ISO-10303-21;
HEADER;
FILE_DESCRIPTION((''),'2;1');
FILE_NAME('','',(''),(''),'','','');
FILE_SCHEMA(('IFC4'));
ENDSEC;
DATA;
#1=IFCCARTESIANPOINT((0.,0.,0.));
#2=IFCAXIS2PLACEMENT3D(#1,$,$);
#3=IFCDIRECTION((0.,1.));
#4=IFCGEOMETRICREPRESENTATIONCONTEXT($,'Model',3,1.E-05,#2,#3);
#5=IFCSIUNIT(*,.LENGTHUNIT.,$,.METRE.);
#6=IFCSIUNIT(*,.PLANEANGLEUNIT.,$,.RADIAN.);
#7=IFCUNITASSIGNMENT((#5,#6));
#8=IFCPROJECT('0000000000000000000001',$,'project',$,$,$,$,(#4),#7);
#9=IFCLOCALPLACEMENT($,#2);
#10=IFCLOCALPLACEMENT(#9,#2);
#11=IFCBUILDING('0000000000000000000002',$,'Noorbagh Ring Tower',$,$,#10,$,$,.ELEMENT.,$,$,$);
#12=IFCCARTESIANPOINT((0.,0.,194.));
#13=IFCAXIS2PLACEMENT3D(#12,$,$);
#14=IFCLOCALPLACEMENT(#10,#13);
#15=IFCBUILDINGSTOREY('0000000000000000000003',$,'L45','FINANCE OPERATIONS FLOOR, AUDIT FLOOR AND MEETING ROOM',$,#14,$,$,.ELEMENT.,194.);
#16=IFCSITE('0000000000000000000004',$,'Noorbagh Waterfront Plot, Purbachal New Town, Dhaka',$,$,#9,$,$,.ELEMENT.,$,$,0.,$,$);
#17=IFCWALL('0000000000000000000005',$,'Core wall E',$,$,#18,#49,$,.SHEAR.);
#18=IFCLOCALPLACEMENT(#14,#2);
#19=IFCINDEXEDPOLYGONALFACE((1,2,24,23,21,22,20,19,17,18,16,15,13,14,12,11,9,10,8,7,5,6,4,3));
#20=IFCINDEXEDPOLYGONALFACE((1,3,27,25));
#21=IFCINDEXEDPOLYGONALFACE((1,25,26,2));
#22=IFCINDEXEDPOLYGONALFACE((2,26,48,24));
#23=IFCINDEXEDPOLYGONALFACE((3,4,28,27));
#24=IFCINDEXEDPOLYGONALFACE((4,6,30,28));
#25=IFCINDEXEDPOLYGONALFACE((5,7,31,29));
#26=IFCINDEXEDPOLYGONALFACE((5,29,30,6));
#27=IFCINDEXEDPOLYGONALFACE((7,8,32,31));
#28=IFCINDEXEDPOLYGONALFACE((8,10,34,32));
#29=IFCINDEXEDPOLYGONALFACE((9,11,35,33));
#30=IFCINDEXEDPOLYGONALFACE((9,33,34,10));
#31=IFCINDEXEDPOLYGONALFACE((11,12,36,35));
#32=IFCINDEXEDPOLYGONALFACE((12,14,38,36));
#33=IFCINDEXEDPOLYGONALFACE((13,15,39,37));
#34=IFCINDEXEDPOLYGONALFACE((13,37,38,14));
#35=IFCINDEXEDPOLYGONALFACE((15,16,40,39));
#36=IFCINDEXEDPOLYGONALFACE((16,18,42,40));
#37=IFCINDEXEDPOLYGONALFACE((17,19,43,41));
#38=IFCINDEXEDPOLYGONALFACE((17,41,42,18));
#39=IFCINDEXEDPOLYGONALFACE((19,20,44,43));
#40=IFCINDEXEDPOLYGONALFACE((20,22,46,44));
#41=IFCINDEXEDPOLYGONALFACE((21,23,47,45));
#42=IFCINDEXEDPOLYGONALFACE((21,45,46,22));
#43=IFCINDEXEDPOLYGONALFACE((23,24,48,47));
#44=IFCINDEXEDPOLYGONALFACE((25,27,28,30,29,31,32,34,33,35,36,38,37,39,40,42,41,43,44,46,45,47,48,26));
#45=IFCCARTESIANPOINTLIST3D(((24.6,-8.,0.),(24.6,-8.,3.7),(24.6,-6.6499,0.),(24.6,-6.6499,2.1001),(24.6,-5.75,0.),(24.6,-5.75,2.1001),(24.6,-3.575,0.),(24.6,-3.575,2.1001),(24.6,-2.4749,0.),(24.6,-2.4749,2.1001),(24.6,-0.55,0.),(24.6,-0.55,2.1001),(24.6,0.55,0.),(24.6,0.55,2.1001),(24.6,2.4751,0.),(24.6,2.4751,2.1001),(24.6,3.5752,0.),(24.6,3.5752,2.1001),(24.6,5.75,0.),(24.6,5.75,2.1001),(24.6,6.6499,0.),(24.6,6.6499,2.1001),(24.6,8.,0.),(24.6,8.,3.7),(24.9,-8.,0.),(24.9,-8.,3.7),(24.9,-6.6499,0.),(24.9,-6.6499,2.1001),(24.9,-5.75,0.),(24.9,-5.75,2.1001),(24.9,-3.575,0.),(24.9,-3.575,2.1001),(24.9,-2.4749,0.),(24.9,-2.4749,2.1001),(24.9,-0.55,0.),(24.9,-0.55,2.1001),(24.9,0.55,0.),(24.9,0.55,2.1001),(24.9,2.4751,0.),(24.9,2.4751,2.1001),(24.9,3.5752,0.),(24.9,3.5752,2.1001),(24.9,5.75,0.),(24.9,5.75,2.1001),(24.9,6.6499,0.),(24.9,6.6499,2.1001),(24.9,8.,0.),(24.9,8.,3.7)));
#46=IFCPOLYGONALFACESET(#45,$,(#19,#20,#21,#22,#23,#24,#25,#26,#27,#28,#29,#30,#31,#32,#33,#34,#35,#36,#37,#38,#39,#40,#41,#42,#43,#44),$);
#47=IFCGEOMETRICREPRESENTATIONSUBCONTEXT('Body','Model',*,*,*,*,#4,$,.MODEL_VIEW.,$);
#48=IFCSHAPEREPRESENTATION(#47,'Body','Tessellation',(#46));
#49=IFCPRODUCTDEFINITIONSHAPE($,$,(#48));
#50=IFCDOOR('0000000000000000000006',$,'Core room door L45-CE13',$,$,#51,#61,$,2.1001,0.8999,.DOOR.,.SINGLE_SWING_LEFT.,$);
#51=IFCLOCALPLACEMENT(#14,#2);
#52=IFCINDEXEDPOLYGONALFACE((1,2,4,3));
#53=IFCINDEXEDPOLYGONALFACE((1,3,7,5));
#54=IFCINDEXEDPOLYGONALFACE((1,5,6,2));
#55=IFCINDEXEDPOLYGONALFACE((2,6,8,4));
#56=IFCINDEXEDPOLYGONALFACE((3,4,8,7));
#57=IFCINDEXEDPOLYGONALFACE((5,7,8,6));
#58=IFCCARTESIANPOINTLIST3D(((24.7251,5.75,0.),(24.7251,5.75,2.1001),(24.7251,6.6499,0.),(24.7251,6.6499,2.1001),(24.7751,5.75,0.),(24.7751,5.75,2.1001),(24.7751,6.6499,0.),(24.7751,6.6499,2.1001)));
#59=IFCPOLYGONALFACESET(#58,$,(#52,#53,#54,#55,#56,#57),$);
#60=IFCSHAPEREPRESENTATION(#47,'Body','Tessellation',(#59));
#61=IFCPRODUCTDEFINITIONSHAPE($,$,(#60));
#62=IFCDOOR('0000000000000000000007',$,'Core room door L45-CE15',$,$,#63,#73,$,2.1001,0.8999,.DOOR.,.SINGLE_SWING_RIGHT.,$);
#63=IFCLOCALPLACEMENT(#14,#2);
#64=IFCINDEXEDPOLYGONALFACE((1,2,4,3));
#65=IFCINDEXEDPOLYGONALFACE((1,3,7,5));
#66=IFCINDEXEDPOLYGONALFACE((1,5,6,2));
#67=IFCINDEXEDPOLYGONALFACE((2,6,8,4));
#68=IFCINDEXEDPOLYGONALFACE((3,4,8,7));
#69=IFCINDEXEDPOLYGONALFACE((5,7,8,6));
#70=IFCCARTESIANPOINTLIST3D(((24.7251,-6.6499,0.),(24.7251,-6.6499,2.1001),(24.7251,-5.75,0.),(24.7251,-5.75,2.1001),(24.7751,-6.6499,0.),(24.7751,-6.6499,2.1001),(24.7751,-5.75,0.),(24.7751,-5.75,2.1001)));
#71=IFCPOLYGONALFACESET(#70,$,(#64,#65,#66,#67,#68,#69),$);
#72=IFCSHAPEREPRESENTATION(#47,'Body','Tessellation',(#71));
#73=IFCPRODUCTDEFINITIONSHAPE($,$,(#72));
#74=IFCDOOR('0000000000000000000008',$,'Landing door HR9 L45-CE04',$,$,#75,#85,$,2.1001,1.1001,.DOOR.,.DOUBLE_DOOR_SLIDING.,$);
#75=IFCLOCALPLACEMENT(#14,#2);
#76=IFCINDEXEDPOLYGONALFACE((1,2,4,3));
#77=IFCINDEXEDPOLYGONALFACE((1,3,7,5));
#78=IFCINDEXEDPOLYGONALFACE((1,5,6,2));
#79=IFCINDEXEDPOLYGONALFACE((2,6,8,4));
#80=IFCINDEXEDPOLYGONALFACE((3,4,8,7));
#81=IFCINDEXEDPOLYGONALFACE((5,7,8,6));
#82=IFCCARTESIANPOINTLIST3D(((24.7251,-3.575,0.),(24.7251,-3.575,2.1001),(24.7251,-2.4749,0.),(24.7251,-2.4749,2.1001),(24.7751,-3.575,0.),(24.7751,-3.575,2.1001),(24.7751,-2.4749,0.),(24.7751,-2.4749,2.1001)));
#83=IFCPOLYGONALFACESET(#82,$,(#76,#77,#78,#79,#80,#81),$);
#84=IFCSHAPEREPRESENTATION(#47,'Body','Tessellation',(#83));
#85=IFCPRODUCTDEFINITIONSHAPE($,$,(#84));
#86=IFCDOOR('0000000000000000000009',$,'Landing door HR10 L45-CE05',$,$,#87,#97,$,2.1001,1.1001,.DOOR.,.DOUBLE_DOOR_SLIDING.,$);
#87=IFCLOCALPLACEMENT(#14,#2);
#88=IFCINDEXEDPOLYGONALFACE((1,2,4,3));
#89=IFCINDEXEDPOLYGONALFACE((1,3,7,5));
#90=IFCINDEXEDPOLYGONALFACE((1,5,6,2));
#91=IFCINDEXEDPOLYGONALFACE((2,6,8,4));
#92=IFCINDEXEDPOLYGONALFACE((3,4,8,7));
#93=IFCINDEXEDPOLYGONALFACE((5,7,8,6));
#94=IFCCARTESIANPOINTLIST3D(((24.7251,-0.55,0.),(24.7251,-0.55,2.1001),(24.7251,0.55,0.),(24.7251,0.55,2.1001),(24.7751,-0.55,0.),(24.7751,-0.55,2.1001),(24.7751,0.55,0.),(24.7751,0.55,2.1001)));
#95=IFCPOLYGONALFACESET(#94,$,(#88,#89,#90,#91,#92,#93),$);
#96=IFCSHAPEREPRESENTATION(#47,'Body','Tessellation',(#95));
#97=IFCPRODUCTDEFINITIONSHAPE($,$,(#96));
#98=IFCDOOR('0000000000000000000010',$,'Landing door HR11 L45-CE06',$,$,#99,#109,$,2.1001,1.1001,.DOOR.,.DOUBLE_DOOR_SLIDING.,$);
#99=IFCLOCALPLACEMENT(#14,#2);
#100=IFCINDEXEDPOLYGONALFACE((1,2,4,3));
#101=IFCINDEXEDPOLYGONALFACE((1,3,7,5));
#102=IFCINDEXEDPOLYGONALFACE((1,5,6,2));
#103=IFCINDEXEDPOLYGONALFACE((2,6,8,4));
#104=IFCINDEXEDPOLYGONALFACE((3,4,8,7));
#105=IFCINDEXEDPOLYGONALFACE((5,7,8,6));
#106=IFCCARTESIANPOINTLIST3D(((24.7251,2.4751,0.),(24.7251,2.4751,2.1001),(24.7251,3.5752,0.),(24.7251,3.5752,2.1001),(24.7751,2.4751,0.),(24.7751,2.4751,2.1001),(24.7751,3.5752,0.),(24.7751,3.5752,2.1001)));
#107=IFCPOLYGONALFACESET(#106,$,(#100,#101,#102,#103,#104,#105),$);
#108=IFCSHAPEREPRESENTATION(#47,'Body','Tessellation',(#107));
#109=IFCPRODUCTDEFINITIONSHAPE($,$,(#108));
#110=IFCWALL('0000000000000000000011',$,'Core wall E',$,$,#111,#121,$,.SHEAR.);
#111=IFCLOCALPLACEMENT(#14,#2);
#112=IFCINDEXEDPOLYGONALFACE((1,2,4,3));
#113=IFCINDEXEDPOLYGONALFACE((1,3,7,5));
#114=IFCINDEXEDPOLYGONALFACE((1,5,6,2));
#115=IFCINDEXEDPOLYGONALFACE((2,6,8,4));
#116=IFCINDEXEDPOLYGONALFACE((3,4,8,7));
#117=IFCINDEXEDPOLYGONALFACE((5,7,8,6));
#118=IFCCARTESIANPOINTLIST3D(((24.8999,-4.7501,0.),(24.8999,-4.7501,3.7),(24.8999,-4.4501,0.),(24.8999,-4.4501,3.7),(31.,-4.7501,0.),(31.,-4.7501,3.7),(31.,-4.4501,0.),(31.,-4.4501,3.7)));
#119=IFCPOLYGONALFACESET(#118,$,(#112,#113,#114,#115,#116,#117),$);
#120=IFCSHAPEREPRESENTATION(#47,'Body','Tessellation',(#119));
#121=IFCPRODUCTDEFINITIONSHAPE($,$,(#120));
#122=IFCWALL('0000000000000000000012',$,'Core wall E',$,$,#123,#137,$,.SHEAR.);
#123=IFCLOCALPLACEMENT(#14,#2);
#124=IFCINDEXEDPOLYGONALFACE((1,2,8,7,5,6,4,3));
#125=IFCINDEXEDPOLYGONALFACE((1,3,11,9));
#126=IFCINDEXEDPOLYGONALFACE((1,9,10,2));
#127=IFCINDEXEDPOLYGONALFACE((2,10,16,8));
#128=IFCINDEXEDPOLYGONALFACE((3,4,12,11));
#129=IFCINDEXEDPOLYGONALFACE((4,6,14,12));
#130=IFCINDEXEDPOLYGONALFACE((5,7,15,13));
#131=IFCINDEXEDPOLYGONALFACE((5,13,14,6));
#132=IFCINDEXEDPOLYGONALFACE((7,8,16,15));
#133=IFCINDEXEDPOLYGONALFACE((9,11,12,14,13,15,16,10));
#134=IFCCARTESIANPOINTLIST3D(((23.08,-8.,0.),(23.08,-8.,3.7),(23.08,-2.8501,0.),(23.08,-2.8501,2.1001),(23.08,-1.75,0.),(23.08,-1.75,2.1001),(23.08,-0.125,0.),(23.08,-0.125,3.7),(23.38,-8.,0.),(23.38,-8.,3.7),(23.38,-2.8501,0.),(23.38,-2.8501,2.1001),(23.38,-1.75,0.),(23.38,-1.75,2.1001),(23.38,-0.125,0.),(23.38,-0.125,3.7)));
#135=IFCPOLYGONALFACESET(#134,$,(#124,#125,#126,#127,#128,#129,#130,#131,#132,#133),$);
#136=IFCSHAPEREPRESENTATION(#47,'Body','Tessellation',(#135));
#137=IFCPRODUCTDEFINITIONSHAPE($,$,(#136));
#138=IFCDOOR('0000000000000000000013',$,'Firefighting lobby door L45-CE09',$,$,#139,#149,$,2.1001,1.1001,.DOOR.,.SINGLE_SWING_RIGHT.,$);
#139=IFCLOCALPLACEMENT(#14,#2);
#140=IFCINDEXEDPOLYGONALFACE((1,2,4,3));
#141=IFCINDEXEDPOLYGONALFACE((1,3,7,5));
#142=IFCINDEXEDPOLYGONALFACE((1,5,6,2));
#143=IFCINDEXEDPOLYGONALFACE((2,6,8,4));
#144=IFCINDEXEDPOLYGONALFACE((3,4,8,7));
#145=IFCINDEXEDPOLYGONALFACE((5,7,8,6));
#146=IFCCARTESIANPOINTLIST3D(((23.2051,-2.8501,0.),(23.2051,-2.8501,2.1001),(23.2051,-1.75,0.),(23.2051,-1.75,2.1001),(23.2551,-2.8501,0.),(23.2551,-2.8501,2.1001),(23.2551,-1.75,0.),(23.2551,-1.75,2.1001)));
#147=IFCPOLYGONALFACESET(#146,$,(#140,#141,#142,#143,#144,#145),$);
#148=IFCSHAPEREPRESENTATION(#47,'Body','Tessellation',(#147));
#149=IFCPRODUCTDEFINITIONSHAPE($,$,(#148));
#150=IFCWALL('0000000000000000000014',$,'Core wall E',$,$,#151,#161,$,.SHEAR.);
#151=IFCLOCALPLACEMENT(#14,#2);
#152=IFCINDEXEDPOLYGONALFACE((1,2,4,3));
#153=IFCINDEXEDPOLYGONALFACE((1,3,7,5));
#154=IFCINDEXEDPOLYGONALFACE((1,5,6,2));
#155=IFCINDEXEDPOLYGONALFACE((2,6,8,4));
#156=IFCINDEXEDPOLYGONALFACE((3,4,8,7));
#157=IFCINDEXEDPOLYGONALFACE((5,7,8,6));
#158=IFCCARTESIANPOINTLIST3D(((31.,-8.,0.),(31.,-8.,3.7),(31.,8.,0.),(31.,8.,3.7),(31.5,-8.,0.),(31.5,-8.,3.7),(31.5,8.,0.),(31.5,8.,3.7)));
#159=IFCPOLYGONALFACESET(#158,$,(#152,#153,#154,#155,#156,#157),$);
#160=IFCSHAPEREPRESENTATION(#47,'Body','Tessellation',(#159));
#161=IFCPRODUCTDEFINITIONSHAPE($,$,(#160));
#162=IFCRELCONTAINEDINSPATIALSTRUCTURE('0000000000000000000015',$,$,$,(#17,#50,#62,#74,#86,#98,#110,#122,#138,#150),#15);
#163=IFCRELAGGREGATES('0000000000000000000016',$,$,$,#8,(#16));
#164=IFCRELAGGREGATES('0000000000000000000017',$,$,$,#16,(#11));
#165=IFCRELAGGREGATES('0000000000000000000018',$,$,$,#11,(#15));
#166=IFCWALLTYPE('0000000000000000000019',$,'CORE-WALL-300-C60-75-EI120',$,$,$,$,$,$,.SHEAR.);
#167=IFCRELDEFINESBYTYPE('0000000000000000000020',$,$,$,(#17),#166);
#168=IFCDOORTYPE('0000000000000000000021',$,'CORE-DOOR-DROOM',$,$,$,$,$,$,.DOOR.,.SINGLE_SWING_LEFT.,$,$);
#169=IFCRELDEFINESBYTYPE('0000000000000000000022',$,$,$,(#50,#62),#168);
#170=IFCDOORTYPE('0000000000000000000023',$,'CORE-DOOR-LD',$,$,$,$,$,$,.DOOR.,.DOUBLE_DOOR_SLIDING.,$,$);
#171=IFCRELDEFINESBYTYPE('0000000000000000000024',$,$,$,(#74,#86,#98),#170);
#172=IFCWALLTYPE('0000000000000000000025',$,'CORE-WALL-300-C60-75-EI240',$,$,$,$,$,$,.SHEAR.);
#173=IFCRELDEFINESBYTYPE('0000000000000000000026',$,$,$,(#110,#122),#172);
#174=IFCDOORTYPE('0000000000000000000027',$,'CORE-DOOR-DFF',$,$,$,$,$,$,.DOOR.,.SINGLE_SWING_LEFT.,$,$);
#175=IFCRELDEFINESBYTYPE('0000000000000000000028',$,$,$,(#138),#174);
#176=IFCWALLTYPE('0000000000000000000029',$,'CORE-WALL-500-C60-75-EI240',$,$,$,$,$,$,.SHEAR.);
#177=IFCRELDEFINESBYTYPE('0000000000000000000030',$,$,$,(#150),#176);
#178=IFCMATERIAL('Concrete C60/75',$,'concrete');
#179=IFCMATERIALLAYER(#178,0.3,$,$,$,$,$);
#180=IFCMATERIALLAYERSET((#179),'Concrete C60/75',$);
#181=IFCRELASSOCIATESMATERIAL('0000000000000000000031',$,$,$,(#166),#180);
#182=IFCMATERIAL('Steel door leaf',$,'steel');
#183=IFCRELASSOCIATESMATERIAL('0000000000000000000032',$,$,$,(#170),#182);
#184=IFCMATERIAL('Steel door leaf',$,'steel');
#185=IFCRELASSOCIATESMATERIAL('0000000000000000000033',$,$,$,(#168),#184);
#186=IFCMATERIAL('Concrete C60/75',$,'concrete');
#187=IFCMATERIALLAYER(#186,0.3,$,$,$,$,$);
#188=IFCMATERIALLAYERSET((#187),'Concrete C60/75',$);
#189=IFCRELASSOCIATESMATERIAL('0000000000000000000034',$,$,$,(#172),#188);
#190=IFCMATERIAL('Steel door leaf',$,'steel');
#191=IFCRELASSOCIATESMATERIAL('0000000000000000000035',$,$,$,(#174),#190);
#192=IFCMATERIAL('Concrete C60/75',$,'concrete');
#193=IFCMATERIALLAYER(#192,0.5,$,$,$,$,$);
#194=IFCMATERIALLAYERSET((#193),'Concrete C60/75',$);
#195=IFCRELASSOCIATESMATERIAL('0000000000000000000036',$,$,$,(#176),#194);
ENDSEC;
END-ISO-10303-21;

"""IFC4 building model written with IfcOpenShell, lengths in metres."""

from ifc_helpers import new_model, si_unit, direction, frame, frame_2d, origin, place, context, subcontext, project, spatial, rectangle, extrude, material, layer, layer_set, type_object, element, fill, save


model = new_model("IFC4")

# Units and contexts
model_context = context("Model", 3, precision=1e-05, world=origin(), true_north=direction((0.0, 1.0)))
body_context = subcontext(model_context, "Body", "Model", "MODEL_VIEW")
ifc_project = project(units=[si_unit("LENGTHUNIT", "METRE"), si_unit("PLANEANGLEUNIT", "RADIAN")], contexts=[model_context])

# Site, building, storey
site_placement = place(None, origin())
site = spatial("IfcSite", under=ifc_project, at=site_placement, Name="Noorbagh Waterfront Plot, Purbachal New Town, Dhaka", CompositionType="ELEMENT", RefElevation=0.0)
building_placement = place(site_placement, origin())
building = spatial("IfcBuilding", under=site, at=building_placement, Name="Noorbagh Ring Tower", CompositionType="ELEMENT")
storey_placement = place(building_placement, frame((0.0, 0.0, 194.0)))
storey = spatial("IfcBuildingStorey", under=building, at=storey_placement, Name="L45", Description="FINANCE OPERATIONS FLOOR, AUDIT FLOOR AND MEETING ROOM", CompositionType="ELEMENT", Elevation=194.0)

# Shared definitions
ifc_material_1 = material(Name="Concrete C60/75", Category="concrete")
ifc_layer_1 = layer(ifc_material_1, 0.3)
ifc_layer_set_1 = layer_set([ifc_layer_1], Name="Concrete C60/75")
wall_type_1 = type_object("IfcWallType", Name="CORE-WALL-300-C60-75-EI120", PredefinedType="SHEAR", material=ifc_layer_set_1)

# Wall, openings, doors
ifc_material_2 = material(Name="Steel door leaf", Category="steel")
door_type_1 = type_object("IfcDoorType", Name="CORE-DOOR-LD", OperationType="DOUBLE_DOOR_SLIDING", PredefinedType="DOOR", material=ifc_material_2)
wall_1_placement = place(storey_placement, frame((24.75, -8.0, 0.0), z_axis=(0.0, 0.0, 1.0), x_axis=(0.0, 1.0, 0.0)))
wall_1 = element("IfcWall", 1, at=wall_1_placement, inside=storey, type_object=wall_type_1, Name="Core wall E", PredefinedType="SHEAR", context=body_context, shape_type="SweptSolid", body=[
    extrude(rectangle(XDim=16.0, YDim=0.3, at=frame_2d((8.0, 0.0))), origin(), (0.0, 0.0, 1.0), 3.7),
])
opening_1_placement = place(wall_1_placement, frame((4.425, 0.0, 0.0)))
opening_1 = element("IfcOpeningElement", 2, at=opening_1_placement, cuts=wall_1, PredefinedType="OPENING", context=body_context, shape_type="SweptSolid", body=[
    extrude(rectangle(XDim=1.1001, YDim=2.1001, at=frame_2d((0.55, 1.05))), frame((0.0, 0.1602, 0.0), z_axis=(0.0, -1.0, 0.0), x_axis=(1.0, 0.0, 0.0)), (0.0, 0.0, 1.0), 0.3201),
])
opening_2_placement = place(wall_1_placement, frame((7.45, 0.0, 0.0)))
opening_2 = element("IfcOpeningElement", 3, at=opening_2_placement, cuts=wall_1, PredefinedType="OPENING", context=body_context, shape_type="SweptSolid", body=[
    extrude(rectangle(XDim=1.1001, YDim=2.1001, at=frame_2d((0.55, 1.05))), frame((0.0, 0.1602, 0.0), z_axis=(0.0, -1.0, 0.0), x_axis=(1.0, 0.0, 0.0)), (0.0, 0.0, 1.0), 0.3201),
])
opening_3_placement = place(wall_1_placement, frame((10.4751, 0.0, 0.0)))
opening_3 = element("IfcOpeningElement", 4, at=opening_3_placement, cuts=wall_1, PredefinedType="OPENING", context=body_context, shape_type="SweptSolid", body=[
    extrude(rectangle(XDim=1.1001, YDim=2.1001, at=frame_2d((0.55, 1.05))), frame((0.0, 0.1602, 0.0), z_axis=(0.0, -1.0, 0.0), x_axis=(1.0, 0.0, 0.0)), (0.0, 0.0, 1.0), 0.3201),
])
opening_4_placement = place(wall_1_placement, frame((13.75, 0.0, 0.0)))
opening_4 = element("IfcOpeningElement", 5, at=opening_4_placement, cuts=wall_1, PredefinedType="OPENING", context=body_context, shape_type="SweptSolid", body=[
    extrude(rectangle(XDim=0.8999, YDim=2.1001, at=frame_2d((0.45, 1.05))), frame((0.0, 0.1602, 0.0), z_axis=(0.0, -1.0, 0.0), x_axis=(1.0, 0.0, 0.0)), (0.0, 0.0, 1.0), 0.3201),
])
opening_5_placement = place(wall_1_placement, frame((1.3501, 0.0, 0.0)))
opening_5 = element("IfcOpeningElement", 6, at=opening_5_placement, cuts=wall_1, PredefinedType="OPENING", context=body_context, shape_type="SweptSolid", body=[
    extrude(rectangle(XDim=0.8999, YDim=2.1001, at=frame_2d((0.45, 1.05))), frame((0.0, 0.1602, 0.0), z_axis=(0.0, -1.0, 0.0), x_axis=(1.0, 0.0, 0.0)), (0.0, 0.0, 1.0), 0.3201),
])
ifc_material_3 = material(Name="Steel door leaf", Category="steel")
door_type_2 = type_object("IfcDoorType", Name="CORE-DOOR-DROOM", OperationType="SINGLE_SWING_LEFT", PredefinedType="DOOR", material=ifc_material_3)
door_1_placement = place(opening_4_placement, origin())
door_1 = element("IfcDoor", 7, at=door_1_placement, inside=storey, type_object=door_type_2, Name="Core room door L45-CE13", OperationType="SINGLE_SWING_LEFT", OverallHeight=2.1001, OverallWidth=0.8999, PredefinedType="DOOR", context=body_context, shape_type="SweptSolid", body=[
    extrude(rectangle(XDim=0.8999, YDim=2.1001, at=frame_2d((0.45, 1.05))), frame((0.0, 0.0249, 0.0), z_axis=(0.0, -1.0, 0.0), x_axis=(1.0, 0.0, 0.0)), (0.0, 0.0, 1.0), 0.05),
])
fill(opening_4, door_1)
door_2_placement = place(opening_5_placement, origin())
door_2 = element("IfcDoor", 8, at=door_2_placement, inside=storey, type_object=door_type_2, Name="Core room door L45-CE15", OperationType="SINGLE_SWING_RIGHT", OverallHeight=2.1001, OverallWidth=0.8999, PredefinedType="DOOR", context=body_context, shape_type="SweptSolid", body=[
    extrude(rectangle(XDim=0.8999, YDim=2.1001, at=frame_2d((0.45, 1.05))), frame((0.0, 0.0249, 0.0), z_axis=(0.0, -1.0, 0.0), x_axis=(1.0, 0.0, 0.0)), (0.0, 0.0, 1.0), 0.05),
])
fill(opening_5, door_2)
door_3_placement = place(opening_1_placement, origin())
door_3 = element("IfcDoor", 9, at=door_3_placement, inside=storey, type_object=door_type_1, Name="Landing door HR9 L45-CE04", OperationType="DOUBLE_DOOR_SLIDING", OverallHeight=2.1001, OverallWidth=1.1001, PredefinedType="DOOR", context=body_context, shape_type="SweptSolid", body=[
    extrude(rectangle(XDim=1.1001, YDim=2.1001, at=frame_2d((0.55, 1.05))), frame((0.0, 0.0249, 0.0), z_axis=(0.0, -1.0, 0.0), x_axis=(1.0, 0.0, 0.0)), (0.0, 0.0, 1.0), 0.05),
])
fill(opening_1, door_3)
door_4_placement = place(opening_2_placement, origin())
door_4 = element("IfcDoor", 10, at=door_4_placement, inside=storey, type_object=door_type_1, Name="Landing door HR10 L45-CE05", OperationType="DOUBLE_DOOR_SLIDING", OverallHeight=2.1001, OverallWidth=1.1001, PredefinedType="DOOR", context=body_context, shape_type="SweptSolid", body=[
    extrude(rectangle(XDim=1.1001, YDim=2.1001, at=frame_2d((0.55, 1.05))), frame((0.0, 0.0249, 0.0), z_axis=(0.0, -1.0, 0.0), x_axis=(1.0, 0.0, 0.0)), (0.0, 0.0, 1.0), 0.05),
])
fill(opening_2, door_4)
door_5_placement = place(opening_3_placement, origin())
door_5 = element("IfcDoor", 11, at=door_5_placement, inside=storey, type_object=door_type_1, Name="Landing door HR11 L45-CE06", OperationType="DOUBLE_DOOR_SLIDING", OverallHeight=2.1001, OverallWidth=1.1001, PredefinedType="DOOR", context=body_context, shape_type="SweptSolid", body=[
    extrude(rectangle(XDim=1.1001, YDim=2.1001, at=frame_2d((0.55, 1.05))), frame((0.0, 0.0249, 0.0), z_axis=(0.0, -1.0, 0.0), x_axis=(1.0, 0.0, 0.0)), (0.0, 0.0, 1.0), 0.05),
])
fill(opening_3, door_5)

# Wall
ifc_material_4 = material(Name="Concrete C60/75", Category="concrete")
ifc_layer_2 = layer(ifc_material_4, 0.3)
ifc_layer_set_2 = layer_set([ifc_layer_2], Name="Concrete C60/75")
wall_type_2 = type_object("IfcWallType", Name="CORE-WALL-300-C60-75-EI240", PredefinedType="SHEAR", material=ifc_layer_set_2)
wall_2_placement = place(storey_placement, frame((24.8999, -4.6001, 0.0), z_axis=(0.0, 0.0, 1.0), x_axis=(1.0, 0.0, 0.0)))
element("IfcWall", 12, at=wall_2_placement, inside=storey, type_object=wall_type_2, Name="Core wall E", PredefinedType="SHEAR", context=body_context, shape_type="SweptSolid", body=[
    extrude(rectangle(XDim=6.1001, YDim=0.3, at=frame_2d((3.05, 0.0))), origin(), (0.0, 0.0, 1.0), 3.7),
])

# Wall, opening, door
wall_3_placement = place(storey_placement, frame((23.23, -8.0, 0.0), z_axis=(0.0, 0.0, 1.0), x_axis=(0.0, 1.0, 0.0)))
wall_3 = element("IfcWall", 13, at=wall_3_placement, inside=storey, type_object=wall_type_2, Name="Core wall E", PredefinedType="SHEAR", context=body_context, shape_type="SweptSolid", body=[
    extrude(rectangle(XDim=7.875, YDim=0.3, at=frame_2d((3.9375, 0.0))), origin(), (0.0, 0.0, 1.0), 3.7),
])
opening_6_placement = place(wall_3_placement, frame((5.1499, 0.0, 0.0)))
opening_6 = element("IfcOpeningElement", 14, at=opening_6_placement, cuts=wall_3, PredefinedType="OPENING", context=body_context, shape_type="SweptSolid", body=[
    extrude(rectangle(XDim=1.1001, YDim=2.1001, at=frame_2d((0.55, 1.05))), frame((0.0, 0.1602, 0.0), z_axis=(0.0, -1.0, 0.0), x_axis=(1.0, 0.0, 0.0)), (0.0, 0.0, 1.0), 0.3201),
])
ifc_material_5 = material(Name="Steel door leaf", Category="steel")
door_type_3 = type_object("IfcDoorType", Name="CORE-DOOR-DFF", OperationType="SINGLE_SWING_LEFT", PredefinedType="DOOR", material=ifc_material_5)
door_6_placement = place(opening_6_placement, origin())
door_6 = element("IfcDoor", 15, at=door_6_placement, inside=storey, type_object=door_type_3, Name="Firefighting lobby door L45-CE09", OperationType="SINGLE_SWING_RIGHT", OverallHeight=2.1001, OverallWidth=1.1001, PredefinedType="DOOR", context=body_context, shape_type="SweptSolid", body=[
    extrude(rectangle(XDim=1.1001, YDim=2.1001, at=frame_2d((0.55, 1.05))), frame((0.0, 0.0249, 0.0), z_axis=(0.0, -1.0, 0.0), x_axis=(1.0, 0.0, 0.0)), (0.0, 0.0, 1.0), 0.05),
])
fill(opening_6, door_6)

# Wall
ifc_material_6 = material(Name="Concrete C60/75", Category="concrete")
ifc_layer_3 = layer(ifc_material_6, 0.5)
ifc_layer_set_3 = layer_set([ifc_layer_3], Name="Concrete C60/75")
wall_type_3 = type_object("IfcWallType", Name="CORE-WALL-500-C60-75-EI240", PredefinedType="SHEAR", material=ifc_layer_set_3)
wall_4_placement = place(storey_placement, frame((31.25, -8.0, 0.0), z_axis=(0.0, 0.0, 1.0), x_axis=(0.0, 1.0, 0.0)))
element("IfcWall", 16, at=wall_4_placement, inside=storey, type_object=wall_type_3, Name="Core wall E", PredefinedType="SHEAR", context=body_context, shape_type="SweptSolid", body=[
    extrude(rectangle(XDim=16.0, YDim=0.5, at=frame_2d((8.0, 0.0))), origin(), (0.0, 0.0, 1.0), 3.7),
])

save(model, "model.ifc")
